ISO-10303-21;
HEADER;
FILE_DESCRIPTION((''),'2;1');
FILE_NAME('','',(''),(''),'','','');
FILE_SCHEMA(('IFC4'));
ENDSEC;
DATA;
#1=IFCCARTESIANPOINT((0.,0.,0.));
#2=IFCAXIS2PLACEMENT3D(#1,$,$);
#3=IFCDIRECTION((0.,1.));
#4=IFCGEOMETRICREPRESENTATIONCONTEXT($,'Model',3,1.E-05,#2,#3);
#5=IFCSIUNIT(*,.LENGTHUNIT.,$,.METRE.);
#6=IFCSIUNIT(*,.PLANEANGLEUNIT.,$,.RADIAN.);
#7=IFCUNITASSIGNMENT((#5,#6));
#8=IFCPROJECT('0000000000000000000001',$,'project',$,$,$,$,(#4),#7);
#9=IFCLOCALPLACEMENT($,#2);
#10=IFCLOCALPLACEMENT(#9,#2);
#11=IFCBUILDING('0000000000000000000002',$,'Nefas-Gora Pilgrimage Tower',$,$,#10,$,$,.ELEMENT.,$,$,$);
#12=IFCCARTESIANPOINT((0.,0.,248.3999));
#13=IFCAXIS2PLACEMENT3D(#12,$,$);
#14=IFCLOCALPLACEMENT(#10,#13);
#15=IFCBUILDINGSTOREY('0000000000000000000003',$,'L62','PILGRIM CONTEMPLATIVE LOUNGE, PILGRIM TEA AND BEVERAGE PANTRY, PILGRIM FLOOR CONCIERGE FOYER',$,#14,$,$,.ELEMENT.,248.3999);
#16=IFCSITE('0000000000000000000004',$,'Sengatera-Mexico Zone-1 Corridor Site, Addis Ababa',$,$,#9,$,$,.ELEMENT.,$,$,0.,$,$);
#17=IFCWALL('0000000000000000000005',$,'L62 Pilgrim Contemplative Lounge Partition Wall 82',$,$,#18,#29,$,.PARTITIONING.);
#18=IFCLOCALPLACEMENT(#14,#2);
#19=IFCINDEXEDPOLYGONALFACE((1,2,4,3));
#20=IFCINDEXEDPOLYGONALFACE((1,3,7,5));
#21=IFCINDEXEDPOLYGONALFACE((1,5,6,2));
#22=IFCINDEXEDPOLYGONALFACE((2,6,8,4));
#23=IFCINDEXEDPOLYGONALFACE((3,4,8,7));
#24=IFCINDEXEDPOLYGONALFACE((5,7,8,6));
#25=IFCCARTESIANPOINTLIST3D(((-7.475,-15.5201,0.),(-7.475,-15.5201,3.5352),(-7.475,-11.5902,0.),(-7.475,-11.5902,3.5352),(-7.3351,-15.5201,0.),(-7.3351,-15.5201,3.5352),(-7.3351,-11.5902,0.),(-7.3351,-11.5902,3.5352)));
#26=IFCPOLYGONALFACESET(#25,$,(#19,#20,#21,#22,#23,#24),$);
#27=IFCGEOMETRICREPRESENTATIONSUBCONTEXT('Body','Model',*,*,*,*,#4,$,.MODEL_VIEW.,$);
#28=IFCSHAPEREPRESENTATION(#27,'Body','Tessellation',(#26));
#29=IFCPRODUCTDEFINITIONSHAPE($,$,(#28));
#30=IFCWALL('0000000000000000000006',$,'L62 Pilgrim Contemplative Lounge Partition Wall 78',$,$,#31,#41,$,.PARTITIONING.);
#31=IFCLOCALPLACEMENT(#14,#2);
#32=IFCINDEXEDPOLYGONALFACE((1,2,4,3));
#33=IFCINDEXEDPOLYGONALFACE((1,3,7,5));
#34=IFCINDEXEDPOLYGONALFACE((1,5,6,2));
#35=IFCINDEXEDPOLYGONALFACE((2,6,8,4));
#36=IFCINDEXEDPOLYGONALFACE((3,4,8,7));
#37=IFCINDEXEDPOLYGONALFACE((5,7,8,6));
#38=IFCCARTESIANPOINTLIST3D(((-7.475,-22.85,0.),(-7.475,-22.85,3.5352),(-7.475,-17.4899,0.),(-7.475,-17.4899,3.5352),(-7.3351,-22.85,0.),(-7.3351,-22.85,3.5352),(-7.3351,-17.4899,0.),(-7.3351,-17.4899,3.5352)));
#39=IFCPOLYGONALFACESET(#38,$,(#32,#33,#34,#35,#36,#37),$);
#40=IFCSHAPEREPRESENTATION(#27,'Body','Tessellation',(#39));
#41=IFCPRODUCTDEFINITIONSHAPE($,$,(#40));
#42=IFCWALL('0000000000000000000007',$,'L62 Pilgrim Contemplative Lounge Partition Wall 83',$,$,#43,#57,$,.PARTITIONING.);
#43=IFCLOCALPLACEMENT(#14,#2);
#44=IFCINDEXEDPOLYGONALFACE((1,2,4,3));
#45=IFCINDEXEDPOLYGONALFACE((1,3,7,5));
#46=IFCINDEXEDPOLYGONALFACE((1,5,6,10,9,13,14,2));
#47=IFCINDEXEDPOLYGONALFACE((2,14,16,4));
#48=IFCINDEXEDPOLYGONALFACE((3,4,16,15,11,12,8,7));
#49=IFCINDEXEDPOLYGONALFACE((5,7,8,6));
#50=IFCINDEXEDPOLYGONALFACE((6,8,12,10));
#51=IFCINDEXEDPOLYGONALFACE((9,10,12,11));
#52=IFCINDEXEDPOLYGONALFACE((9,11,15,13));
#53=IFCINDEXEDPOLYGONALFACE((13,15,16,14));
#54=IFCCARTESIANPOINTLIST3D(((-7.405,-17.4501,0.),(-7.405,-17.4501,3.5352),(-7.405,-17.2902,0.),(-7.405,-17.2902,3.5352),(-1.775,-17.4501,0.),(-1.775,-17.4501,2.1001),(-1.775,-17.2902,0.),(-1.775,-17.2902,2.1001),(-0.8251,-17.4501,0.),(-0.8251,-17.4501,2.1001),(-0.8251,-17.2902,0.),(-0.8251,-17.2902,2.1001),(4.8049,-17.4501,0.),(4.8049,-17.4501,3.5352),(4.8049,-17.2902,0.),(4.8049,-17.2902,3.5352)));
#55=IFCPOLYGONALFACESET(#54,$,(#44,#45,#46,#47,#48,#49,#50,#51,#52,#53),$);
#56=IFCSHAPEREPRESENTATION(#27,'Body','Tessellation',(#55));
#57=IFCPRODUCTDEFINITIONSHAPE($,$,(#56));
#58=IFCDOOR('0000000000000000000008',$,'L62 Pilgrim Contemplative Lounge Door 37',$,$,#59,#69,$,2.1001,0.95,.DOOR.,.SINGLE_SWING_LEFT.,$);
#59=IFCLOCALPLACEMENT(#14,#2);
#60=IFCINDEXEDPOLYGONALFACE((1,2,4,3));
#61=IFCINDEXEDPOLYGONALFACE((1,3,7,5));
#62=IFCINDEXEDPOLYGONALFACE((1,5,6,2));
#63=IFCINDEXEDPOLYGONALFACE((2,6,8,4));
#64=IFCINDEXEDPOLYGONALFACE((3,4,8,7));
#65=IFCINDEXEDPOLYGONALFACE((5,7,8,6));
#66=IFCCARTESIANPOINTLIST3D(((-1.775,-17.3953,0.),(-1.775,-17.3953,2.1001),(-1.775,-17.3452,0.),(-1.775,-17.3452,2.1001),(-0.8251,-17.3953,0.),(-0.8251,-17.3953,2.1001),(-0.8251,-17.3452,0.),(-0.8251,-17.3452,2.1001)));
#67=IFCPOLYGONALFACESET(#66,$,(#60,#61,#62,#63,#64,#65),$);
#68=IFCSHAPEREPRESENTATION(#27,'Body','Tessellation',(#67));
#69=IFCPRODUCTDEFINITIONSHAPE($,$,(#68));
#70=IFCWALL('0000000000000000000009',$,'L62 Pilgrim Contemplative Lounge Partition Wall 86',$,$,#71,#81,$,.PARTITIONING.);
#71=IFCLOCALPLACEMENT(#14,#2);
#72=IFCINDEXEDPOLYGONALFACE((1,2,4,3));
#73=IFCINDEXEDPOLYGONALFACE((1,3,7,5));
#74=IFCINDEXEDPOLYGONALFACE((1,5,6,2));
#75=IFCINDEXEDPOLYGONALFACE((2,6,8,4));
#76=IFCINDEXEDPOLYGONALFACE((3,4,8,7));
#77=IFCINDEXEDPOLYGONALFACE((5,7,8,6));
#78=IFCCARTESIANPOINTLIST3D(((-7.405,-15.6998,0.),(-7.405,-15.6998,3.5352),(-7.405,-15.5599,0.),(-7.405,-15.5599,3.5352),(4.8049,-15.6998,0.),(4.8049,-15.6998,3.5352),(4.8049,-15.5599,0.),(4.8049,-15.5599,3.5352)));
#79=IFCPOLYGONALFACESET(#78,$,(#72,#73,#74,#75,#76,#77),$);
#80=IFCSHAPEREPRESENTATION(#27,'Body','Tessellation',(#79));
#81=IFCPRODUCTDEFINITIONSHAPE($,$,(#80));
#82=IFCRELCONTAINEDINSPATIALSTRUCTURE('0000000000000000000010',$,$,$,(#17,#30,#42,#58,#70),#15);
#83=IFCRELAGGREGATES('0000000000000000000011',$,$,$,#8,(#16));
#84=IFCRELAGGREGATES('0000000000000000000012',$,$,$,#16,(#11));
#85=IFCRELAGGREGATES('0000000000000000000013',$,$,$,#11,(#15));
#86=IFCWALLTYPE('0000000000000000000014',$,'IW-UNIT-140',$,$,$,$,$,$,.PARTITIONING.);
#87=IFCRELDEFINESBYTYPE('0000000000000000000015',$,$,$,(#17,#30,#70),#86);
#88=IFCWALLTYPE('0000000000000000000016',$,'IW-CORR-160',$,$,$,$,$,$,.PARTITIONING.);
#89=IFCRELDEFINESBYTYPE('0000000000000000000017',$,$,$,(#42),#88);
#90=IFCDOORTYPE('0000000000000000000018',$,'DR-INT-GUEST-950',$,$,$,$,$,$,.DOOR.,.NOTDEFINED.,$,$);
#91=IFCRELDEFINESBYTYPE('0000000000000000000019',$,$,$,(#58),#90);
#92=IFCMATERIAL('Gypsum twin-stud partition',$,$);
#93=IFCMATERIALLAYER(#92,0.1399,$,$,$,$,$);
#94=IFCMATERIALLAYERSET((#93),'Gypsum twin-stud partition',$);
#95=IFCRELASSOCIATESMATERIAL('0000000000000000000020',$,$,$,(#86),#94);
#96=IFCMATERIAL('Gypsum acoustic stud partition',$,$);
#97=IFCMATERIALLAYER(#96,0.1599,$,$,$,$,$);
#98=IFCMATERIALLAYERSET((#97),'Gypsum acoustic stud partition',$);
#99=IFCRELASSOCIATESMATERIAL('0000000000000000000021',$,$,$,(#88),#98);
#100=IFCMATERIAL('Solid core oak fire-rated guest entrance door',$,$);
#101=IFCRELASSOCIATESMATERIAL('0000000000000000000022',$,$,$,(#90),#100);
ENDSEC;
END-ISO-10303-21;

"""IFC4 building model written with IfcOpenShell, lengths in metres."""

from ifc_helpers import new_model, si_unit, direction, frame, frame_2d, origin, place, context, subcontext, project, spatial, rectangle, extrude, source, transform, mapped, material, layer, layer_set, type_object, element, fill, save


model = new_model("IFC4")

# Units and contexts
model_context = context("Model", 3, precision=1e-05, world=origin(), true_north=direction((0.0, 1.0)))
body_context = subcontext(model_context, "Body", "Model", "MODEL_VIEW")
ifc_project = project(units=[si_unit("LENGTHUNIT", "METRE"), si_unit("PLANEANGLEUNIT", "RADIAN")], contexts=[model_context])

# Site, building, storey
site_placement = place(None, origin())
site = spatial("IfcSite", under=ifc_project, at=site_placement, Name="Sengatera-Mexico Zone-1 Corridor Site, Addis Ababa", CompositionType="ELEMENT", RefElevation=0.0)
building_placement = place(site_placement, origin())
building = spatial("IfcBuilding", under=site, at=building_placement, Name="Nefas-Gora Pilgrimage Tower", CompositionType="ELEMENT")
storey_placement = place(building_placement, frame((0.0, 0.0, 248.3999)))
storey = spatial("IfcBuildingStorey", under=building, at=storey_placement, Name="L62", Description="PILGRIM CONTEMPLATIVE LOUNGE, PILGRIM TEA AND BEVERAGE PANTRY, PILGRIM FLOOR CONCIERGE FOYER", CompositionType="ELEMENT", Elevation=248.3999)

# Walls
ifc_material_1 = material(Name="Gypsum twin-stud partition")
ifc_layer_1 = layer(ifc_material_1, 0.1399)
ifc_layer_set_1 = layer_set([ifc_layer_1], Name="Gypsum twin-stud partition")
wall_type_1 = type_object("IfcWallType", Name="IW-UNIT-140", PredefinedType="PARTITIONING", material=ifc_layer_set_1)
shared_shape_1 = source(origin(), body_context, "Body", "SweptSolid", [
    extrude(rectangle(XDim=3.9299, YDim=0.1399, at=frame_2d((1.9648, 0.0))), origin(), (0.0, 0.0, 1.0), 3.5352),
])
wall_1_placement = place(storey_placement, frame((-7.405, -15.52, 0.0), z_axis=(0.0, 0.0, 1.0), x_axis=(0.0, 1.0, 0.0)))
element("IfcWall", 1, at=wall_1_placement, inside=storey, type_object=wall_type_1, Name="L62 Pilgrim Contemplative Lounge Partition Wall 82", PredefinedType="PARTITIONING", context=body_context, shape_type="MappedRepresentation", body=[
    mapped(shared_shape_1, transform((0.0, 0.0, 0.0), x_axis=(1.0, 0.0, 0.0), y_axis=(0.0, 1.0, 0.0), z_axis=(0.0, 0.0, 1.0), scale=1.0)),
])
shared_shape_2 = source(origin(), body_context, "Body", "SweptSolid", [
    extrude(rectangle(XDim=5.3601, YDim=0.1399, at=frame_2d((2.6802, 0.0))), origin(), (0.0, 0.0, 1.0), 3.5352),
])
wall_2_placement = place(storey_placement, frame((-7.405, -22.8501, 0.0), z_axis=(0.0, 0.0, 1.0), x_axis=(0.0, 1.0, 0.0)))
element("IfcWall", 2, at=wall_2_placement, inside=storey, type_object=wall_type_1, Name="L62 Pilgrim Contemplative Lounge Partition Wall 78", PredefinedType="PARTITIONING", context=body_context, shape_type="MappedRepresentation", body=[
    mapped(shared_shape_2, transform((0.0, 0.0, 0.0), x_axis=(1.0, 0.0, 0.0), y_axis=(0.0, 1.0, 0.0), z_axis=(0.0, 0.0, 1.0), scale=1.0)),
])

# Wall, opening, door
ifc_material_2 = material(Name="Gypsum acoustic stud partition")
ifc_layer_2 = layer(ifc_material_2, 0.1599)
ifc_layer_set_2 = layer_set([ifc_layer_2], Name="Gypsum acoustic stud partition")
wall_type_2 = type_object("IfcWallType", Name="IW-CORR-160", PredefinedType="PARTITIONING", material=ifc_layer_set_2)
shared_shape_3 = source(origin(), body_context, "Body", "SweptSolid", [
    extrude(rectangle(XDim=12.21, YDim=0.1599, at=frame_2d((6.105, 0.0))), origin(), (0.0, 0.0, 1.0), 3.5352),
])
wall_3_placement = place(storey_placement, frame((-7.405, -17.3701, 0.0), z_axis=(0.0, 0.0, 1.0), x_axis=(1.0, 0.0, 0.0)))
wall_3 = element("IfcWall", 3, at=wall_3_placement, inside=storey, type_object=wall_type_2, Name="L62 Pilgrim Contemplative Lounge Partition Wall 83", PredefinedType="PARTITIONING", context=body_context, shape_type="MappedRepresentation", body=[
    mapped(shared_shape_3, transform((0.0, 0.0, 0.0), x_axis=(1.0, 0.0, 0.0), y_axis=(0.0, 1.0, 0.0), z_axis=(0.0, 0.0, 1.0), scale=1.0)),
])
opening_1_placement = place(wall_3_placement, frame((5.6299, 0.0, 0.0)))
opening_1 = element("IfcOpeningElement", 4, at=opening_1_placement, cuts=wall_3, PredefinedType="OPENING", context=body_context, shape_type="SweptSolid", body=[
    extrude(rectangle(XDim=0.95, YDim=2.1001, at=frame_2d((0.4751, 1.05))), frame((0.0, 0.0898, 0.0), z_axis=(0.0, -1.0, 0.0), x_axis=(1.0, 0.0, 0.0)), (0.0, 0.0, 1.0), 0.1799),
])
ifc_material_3 = material(Name="Solid core oak fire-rated guest entrance door")
door_type_1 = type_object("IfcDoorType", Name="DR-INT-GUEST-950", OperationType="NOTDEFINED", PredefinedType="DOOR", material=ifc_material_3)
shared_shape_4 = source(origin(), body_context, "Body", "SweptSolid", [
    extrude(rectangle(XDim=0.95, YDim=2.1001, at=frame_2d((0.4751, 1.05))), frame((0.0, 0.0249, 0.0), z_axis=(0.0, -1.0, 0.0), x_axis=(1.0, 0.0, 0.0)), (0.0, 0.0, 1.0), 0.05),
])
door_1_placement = place(opening_1_placement, origin())
door_1 = element("IfcDoor", 5, at=door_1_placement, inside=storey, type_object=door_type_1, Name="L62 Pilgrim Contemplative Lounge Door 37", OperationType="SINGLE_SWING_LEFT", OverallHeight=2.1001, OverallWidth=0.95, PredefinedType="DOOR", context=body_context, shape_type="MappedRepresentation", body=[
    mapped(shared_shape_4, transform((0.0, 0.0, 0.0), x_axis=(1.0, 0.0, 0.0), y_axis=(0.0, 1.0, 0.0), z_axis=(0.0, 0.0, 1.0), scale=1.0)),
])
fill(opening_1, door_1)

# Wall
shared_shape_5 = source(origin(), body_context, "Body", "SweptSolid", [
    extrude(rectangle(XDim=12.21, YDim=0.1399, at=frame_2d((6.105, 0.0))), origin(), (0.0, 0.0, 1.0), 3.5352),
])
wall_4_placement = place(storey_placement, frame((-7.405, -15.6299, 0.0), z_axis=(0.0, 0.0, 1.0), x_axis=(1.0, 0.0, 0.0)))
element("IfcWall", 6, at=wall_4_placement, inside=storey, type_object=wall_type_1, Name="L62 Pilgrim Contemplative Lounge Partition Wall 86", PredefinedType="PARTITIONING", context=body_context, shape_type="MappedRepresentation", body=[
    mapped(shared_shape_5, transform((0.0, 0.0, 0.0), x_axis=(1.0, 0.0, 0.0), y_axis=(0.0, 1.0, 0.0), z_axis=(0.0, 0.0, 1.0), scale=1.0)),
])

save(model, "model.ifc")
